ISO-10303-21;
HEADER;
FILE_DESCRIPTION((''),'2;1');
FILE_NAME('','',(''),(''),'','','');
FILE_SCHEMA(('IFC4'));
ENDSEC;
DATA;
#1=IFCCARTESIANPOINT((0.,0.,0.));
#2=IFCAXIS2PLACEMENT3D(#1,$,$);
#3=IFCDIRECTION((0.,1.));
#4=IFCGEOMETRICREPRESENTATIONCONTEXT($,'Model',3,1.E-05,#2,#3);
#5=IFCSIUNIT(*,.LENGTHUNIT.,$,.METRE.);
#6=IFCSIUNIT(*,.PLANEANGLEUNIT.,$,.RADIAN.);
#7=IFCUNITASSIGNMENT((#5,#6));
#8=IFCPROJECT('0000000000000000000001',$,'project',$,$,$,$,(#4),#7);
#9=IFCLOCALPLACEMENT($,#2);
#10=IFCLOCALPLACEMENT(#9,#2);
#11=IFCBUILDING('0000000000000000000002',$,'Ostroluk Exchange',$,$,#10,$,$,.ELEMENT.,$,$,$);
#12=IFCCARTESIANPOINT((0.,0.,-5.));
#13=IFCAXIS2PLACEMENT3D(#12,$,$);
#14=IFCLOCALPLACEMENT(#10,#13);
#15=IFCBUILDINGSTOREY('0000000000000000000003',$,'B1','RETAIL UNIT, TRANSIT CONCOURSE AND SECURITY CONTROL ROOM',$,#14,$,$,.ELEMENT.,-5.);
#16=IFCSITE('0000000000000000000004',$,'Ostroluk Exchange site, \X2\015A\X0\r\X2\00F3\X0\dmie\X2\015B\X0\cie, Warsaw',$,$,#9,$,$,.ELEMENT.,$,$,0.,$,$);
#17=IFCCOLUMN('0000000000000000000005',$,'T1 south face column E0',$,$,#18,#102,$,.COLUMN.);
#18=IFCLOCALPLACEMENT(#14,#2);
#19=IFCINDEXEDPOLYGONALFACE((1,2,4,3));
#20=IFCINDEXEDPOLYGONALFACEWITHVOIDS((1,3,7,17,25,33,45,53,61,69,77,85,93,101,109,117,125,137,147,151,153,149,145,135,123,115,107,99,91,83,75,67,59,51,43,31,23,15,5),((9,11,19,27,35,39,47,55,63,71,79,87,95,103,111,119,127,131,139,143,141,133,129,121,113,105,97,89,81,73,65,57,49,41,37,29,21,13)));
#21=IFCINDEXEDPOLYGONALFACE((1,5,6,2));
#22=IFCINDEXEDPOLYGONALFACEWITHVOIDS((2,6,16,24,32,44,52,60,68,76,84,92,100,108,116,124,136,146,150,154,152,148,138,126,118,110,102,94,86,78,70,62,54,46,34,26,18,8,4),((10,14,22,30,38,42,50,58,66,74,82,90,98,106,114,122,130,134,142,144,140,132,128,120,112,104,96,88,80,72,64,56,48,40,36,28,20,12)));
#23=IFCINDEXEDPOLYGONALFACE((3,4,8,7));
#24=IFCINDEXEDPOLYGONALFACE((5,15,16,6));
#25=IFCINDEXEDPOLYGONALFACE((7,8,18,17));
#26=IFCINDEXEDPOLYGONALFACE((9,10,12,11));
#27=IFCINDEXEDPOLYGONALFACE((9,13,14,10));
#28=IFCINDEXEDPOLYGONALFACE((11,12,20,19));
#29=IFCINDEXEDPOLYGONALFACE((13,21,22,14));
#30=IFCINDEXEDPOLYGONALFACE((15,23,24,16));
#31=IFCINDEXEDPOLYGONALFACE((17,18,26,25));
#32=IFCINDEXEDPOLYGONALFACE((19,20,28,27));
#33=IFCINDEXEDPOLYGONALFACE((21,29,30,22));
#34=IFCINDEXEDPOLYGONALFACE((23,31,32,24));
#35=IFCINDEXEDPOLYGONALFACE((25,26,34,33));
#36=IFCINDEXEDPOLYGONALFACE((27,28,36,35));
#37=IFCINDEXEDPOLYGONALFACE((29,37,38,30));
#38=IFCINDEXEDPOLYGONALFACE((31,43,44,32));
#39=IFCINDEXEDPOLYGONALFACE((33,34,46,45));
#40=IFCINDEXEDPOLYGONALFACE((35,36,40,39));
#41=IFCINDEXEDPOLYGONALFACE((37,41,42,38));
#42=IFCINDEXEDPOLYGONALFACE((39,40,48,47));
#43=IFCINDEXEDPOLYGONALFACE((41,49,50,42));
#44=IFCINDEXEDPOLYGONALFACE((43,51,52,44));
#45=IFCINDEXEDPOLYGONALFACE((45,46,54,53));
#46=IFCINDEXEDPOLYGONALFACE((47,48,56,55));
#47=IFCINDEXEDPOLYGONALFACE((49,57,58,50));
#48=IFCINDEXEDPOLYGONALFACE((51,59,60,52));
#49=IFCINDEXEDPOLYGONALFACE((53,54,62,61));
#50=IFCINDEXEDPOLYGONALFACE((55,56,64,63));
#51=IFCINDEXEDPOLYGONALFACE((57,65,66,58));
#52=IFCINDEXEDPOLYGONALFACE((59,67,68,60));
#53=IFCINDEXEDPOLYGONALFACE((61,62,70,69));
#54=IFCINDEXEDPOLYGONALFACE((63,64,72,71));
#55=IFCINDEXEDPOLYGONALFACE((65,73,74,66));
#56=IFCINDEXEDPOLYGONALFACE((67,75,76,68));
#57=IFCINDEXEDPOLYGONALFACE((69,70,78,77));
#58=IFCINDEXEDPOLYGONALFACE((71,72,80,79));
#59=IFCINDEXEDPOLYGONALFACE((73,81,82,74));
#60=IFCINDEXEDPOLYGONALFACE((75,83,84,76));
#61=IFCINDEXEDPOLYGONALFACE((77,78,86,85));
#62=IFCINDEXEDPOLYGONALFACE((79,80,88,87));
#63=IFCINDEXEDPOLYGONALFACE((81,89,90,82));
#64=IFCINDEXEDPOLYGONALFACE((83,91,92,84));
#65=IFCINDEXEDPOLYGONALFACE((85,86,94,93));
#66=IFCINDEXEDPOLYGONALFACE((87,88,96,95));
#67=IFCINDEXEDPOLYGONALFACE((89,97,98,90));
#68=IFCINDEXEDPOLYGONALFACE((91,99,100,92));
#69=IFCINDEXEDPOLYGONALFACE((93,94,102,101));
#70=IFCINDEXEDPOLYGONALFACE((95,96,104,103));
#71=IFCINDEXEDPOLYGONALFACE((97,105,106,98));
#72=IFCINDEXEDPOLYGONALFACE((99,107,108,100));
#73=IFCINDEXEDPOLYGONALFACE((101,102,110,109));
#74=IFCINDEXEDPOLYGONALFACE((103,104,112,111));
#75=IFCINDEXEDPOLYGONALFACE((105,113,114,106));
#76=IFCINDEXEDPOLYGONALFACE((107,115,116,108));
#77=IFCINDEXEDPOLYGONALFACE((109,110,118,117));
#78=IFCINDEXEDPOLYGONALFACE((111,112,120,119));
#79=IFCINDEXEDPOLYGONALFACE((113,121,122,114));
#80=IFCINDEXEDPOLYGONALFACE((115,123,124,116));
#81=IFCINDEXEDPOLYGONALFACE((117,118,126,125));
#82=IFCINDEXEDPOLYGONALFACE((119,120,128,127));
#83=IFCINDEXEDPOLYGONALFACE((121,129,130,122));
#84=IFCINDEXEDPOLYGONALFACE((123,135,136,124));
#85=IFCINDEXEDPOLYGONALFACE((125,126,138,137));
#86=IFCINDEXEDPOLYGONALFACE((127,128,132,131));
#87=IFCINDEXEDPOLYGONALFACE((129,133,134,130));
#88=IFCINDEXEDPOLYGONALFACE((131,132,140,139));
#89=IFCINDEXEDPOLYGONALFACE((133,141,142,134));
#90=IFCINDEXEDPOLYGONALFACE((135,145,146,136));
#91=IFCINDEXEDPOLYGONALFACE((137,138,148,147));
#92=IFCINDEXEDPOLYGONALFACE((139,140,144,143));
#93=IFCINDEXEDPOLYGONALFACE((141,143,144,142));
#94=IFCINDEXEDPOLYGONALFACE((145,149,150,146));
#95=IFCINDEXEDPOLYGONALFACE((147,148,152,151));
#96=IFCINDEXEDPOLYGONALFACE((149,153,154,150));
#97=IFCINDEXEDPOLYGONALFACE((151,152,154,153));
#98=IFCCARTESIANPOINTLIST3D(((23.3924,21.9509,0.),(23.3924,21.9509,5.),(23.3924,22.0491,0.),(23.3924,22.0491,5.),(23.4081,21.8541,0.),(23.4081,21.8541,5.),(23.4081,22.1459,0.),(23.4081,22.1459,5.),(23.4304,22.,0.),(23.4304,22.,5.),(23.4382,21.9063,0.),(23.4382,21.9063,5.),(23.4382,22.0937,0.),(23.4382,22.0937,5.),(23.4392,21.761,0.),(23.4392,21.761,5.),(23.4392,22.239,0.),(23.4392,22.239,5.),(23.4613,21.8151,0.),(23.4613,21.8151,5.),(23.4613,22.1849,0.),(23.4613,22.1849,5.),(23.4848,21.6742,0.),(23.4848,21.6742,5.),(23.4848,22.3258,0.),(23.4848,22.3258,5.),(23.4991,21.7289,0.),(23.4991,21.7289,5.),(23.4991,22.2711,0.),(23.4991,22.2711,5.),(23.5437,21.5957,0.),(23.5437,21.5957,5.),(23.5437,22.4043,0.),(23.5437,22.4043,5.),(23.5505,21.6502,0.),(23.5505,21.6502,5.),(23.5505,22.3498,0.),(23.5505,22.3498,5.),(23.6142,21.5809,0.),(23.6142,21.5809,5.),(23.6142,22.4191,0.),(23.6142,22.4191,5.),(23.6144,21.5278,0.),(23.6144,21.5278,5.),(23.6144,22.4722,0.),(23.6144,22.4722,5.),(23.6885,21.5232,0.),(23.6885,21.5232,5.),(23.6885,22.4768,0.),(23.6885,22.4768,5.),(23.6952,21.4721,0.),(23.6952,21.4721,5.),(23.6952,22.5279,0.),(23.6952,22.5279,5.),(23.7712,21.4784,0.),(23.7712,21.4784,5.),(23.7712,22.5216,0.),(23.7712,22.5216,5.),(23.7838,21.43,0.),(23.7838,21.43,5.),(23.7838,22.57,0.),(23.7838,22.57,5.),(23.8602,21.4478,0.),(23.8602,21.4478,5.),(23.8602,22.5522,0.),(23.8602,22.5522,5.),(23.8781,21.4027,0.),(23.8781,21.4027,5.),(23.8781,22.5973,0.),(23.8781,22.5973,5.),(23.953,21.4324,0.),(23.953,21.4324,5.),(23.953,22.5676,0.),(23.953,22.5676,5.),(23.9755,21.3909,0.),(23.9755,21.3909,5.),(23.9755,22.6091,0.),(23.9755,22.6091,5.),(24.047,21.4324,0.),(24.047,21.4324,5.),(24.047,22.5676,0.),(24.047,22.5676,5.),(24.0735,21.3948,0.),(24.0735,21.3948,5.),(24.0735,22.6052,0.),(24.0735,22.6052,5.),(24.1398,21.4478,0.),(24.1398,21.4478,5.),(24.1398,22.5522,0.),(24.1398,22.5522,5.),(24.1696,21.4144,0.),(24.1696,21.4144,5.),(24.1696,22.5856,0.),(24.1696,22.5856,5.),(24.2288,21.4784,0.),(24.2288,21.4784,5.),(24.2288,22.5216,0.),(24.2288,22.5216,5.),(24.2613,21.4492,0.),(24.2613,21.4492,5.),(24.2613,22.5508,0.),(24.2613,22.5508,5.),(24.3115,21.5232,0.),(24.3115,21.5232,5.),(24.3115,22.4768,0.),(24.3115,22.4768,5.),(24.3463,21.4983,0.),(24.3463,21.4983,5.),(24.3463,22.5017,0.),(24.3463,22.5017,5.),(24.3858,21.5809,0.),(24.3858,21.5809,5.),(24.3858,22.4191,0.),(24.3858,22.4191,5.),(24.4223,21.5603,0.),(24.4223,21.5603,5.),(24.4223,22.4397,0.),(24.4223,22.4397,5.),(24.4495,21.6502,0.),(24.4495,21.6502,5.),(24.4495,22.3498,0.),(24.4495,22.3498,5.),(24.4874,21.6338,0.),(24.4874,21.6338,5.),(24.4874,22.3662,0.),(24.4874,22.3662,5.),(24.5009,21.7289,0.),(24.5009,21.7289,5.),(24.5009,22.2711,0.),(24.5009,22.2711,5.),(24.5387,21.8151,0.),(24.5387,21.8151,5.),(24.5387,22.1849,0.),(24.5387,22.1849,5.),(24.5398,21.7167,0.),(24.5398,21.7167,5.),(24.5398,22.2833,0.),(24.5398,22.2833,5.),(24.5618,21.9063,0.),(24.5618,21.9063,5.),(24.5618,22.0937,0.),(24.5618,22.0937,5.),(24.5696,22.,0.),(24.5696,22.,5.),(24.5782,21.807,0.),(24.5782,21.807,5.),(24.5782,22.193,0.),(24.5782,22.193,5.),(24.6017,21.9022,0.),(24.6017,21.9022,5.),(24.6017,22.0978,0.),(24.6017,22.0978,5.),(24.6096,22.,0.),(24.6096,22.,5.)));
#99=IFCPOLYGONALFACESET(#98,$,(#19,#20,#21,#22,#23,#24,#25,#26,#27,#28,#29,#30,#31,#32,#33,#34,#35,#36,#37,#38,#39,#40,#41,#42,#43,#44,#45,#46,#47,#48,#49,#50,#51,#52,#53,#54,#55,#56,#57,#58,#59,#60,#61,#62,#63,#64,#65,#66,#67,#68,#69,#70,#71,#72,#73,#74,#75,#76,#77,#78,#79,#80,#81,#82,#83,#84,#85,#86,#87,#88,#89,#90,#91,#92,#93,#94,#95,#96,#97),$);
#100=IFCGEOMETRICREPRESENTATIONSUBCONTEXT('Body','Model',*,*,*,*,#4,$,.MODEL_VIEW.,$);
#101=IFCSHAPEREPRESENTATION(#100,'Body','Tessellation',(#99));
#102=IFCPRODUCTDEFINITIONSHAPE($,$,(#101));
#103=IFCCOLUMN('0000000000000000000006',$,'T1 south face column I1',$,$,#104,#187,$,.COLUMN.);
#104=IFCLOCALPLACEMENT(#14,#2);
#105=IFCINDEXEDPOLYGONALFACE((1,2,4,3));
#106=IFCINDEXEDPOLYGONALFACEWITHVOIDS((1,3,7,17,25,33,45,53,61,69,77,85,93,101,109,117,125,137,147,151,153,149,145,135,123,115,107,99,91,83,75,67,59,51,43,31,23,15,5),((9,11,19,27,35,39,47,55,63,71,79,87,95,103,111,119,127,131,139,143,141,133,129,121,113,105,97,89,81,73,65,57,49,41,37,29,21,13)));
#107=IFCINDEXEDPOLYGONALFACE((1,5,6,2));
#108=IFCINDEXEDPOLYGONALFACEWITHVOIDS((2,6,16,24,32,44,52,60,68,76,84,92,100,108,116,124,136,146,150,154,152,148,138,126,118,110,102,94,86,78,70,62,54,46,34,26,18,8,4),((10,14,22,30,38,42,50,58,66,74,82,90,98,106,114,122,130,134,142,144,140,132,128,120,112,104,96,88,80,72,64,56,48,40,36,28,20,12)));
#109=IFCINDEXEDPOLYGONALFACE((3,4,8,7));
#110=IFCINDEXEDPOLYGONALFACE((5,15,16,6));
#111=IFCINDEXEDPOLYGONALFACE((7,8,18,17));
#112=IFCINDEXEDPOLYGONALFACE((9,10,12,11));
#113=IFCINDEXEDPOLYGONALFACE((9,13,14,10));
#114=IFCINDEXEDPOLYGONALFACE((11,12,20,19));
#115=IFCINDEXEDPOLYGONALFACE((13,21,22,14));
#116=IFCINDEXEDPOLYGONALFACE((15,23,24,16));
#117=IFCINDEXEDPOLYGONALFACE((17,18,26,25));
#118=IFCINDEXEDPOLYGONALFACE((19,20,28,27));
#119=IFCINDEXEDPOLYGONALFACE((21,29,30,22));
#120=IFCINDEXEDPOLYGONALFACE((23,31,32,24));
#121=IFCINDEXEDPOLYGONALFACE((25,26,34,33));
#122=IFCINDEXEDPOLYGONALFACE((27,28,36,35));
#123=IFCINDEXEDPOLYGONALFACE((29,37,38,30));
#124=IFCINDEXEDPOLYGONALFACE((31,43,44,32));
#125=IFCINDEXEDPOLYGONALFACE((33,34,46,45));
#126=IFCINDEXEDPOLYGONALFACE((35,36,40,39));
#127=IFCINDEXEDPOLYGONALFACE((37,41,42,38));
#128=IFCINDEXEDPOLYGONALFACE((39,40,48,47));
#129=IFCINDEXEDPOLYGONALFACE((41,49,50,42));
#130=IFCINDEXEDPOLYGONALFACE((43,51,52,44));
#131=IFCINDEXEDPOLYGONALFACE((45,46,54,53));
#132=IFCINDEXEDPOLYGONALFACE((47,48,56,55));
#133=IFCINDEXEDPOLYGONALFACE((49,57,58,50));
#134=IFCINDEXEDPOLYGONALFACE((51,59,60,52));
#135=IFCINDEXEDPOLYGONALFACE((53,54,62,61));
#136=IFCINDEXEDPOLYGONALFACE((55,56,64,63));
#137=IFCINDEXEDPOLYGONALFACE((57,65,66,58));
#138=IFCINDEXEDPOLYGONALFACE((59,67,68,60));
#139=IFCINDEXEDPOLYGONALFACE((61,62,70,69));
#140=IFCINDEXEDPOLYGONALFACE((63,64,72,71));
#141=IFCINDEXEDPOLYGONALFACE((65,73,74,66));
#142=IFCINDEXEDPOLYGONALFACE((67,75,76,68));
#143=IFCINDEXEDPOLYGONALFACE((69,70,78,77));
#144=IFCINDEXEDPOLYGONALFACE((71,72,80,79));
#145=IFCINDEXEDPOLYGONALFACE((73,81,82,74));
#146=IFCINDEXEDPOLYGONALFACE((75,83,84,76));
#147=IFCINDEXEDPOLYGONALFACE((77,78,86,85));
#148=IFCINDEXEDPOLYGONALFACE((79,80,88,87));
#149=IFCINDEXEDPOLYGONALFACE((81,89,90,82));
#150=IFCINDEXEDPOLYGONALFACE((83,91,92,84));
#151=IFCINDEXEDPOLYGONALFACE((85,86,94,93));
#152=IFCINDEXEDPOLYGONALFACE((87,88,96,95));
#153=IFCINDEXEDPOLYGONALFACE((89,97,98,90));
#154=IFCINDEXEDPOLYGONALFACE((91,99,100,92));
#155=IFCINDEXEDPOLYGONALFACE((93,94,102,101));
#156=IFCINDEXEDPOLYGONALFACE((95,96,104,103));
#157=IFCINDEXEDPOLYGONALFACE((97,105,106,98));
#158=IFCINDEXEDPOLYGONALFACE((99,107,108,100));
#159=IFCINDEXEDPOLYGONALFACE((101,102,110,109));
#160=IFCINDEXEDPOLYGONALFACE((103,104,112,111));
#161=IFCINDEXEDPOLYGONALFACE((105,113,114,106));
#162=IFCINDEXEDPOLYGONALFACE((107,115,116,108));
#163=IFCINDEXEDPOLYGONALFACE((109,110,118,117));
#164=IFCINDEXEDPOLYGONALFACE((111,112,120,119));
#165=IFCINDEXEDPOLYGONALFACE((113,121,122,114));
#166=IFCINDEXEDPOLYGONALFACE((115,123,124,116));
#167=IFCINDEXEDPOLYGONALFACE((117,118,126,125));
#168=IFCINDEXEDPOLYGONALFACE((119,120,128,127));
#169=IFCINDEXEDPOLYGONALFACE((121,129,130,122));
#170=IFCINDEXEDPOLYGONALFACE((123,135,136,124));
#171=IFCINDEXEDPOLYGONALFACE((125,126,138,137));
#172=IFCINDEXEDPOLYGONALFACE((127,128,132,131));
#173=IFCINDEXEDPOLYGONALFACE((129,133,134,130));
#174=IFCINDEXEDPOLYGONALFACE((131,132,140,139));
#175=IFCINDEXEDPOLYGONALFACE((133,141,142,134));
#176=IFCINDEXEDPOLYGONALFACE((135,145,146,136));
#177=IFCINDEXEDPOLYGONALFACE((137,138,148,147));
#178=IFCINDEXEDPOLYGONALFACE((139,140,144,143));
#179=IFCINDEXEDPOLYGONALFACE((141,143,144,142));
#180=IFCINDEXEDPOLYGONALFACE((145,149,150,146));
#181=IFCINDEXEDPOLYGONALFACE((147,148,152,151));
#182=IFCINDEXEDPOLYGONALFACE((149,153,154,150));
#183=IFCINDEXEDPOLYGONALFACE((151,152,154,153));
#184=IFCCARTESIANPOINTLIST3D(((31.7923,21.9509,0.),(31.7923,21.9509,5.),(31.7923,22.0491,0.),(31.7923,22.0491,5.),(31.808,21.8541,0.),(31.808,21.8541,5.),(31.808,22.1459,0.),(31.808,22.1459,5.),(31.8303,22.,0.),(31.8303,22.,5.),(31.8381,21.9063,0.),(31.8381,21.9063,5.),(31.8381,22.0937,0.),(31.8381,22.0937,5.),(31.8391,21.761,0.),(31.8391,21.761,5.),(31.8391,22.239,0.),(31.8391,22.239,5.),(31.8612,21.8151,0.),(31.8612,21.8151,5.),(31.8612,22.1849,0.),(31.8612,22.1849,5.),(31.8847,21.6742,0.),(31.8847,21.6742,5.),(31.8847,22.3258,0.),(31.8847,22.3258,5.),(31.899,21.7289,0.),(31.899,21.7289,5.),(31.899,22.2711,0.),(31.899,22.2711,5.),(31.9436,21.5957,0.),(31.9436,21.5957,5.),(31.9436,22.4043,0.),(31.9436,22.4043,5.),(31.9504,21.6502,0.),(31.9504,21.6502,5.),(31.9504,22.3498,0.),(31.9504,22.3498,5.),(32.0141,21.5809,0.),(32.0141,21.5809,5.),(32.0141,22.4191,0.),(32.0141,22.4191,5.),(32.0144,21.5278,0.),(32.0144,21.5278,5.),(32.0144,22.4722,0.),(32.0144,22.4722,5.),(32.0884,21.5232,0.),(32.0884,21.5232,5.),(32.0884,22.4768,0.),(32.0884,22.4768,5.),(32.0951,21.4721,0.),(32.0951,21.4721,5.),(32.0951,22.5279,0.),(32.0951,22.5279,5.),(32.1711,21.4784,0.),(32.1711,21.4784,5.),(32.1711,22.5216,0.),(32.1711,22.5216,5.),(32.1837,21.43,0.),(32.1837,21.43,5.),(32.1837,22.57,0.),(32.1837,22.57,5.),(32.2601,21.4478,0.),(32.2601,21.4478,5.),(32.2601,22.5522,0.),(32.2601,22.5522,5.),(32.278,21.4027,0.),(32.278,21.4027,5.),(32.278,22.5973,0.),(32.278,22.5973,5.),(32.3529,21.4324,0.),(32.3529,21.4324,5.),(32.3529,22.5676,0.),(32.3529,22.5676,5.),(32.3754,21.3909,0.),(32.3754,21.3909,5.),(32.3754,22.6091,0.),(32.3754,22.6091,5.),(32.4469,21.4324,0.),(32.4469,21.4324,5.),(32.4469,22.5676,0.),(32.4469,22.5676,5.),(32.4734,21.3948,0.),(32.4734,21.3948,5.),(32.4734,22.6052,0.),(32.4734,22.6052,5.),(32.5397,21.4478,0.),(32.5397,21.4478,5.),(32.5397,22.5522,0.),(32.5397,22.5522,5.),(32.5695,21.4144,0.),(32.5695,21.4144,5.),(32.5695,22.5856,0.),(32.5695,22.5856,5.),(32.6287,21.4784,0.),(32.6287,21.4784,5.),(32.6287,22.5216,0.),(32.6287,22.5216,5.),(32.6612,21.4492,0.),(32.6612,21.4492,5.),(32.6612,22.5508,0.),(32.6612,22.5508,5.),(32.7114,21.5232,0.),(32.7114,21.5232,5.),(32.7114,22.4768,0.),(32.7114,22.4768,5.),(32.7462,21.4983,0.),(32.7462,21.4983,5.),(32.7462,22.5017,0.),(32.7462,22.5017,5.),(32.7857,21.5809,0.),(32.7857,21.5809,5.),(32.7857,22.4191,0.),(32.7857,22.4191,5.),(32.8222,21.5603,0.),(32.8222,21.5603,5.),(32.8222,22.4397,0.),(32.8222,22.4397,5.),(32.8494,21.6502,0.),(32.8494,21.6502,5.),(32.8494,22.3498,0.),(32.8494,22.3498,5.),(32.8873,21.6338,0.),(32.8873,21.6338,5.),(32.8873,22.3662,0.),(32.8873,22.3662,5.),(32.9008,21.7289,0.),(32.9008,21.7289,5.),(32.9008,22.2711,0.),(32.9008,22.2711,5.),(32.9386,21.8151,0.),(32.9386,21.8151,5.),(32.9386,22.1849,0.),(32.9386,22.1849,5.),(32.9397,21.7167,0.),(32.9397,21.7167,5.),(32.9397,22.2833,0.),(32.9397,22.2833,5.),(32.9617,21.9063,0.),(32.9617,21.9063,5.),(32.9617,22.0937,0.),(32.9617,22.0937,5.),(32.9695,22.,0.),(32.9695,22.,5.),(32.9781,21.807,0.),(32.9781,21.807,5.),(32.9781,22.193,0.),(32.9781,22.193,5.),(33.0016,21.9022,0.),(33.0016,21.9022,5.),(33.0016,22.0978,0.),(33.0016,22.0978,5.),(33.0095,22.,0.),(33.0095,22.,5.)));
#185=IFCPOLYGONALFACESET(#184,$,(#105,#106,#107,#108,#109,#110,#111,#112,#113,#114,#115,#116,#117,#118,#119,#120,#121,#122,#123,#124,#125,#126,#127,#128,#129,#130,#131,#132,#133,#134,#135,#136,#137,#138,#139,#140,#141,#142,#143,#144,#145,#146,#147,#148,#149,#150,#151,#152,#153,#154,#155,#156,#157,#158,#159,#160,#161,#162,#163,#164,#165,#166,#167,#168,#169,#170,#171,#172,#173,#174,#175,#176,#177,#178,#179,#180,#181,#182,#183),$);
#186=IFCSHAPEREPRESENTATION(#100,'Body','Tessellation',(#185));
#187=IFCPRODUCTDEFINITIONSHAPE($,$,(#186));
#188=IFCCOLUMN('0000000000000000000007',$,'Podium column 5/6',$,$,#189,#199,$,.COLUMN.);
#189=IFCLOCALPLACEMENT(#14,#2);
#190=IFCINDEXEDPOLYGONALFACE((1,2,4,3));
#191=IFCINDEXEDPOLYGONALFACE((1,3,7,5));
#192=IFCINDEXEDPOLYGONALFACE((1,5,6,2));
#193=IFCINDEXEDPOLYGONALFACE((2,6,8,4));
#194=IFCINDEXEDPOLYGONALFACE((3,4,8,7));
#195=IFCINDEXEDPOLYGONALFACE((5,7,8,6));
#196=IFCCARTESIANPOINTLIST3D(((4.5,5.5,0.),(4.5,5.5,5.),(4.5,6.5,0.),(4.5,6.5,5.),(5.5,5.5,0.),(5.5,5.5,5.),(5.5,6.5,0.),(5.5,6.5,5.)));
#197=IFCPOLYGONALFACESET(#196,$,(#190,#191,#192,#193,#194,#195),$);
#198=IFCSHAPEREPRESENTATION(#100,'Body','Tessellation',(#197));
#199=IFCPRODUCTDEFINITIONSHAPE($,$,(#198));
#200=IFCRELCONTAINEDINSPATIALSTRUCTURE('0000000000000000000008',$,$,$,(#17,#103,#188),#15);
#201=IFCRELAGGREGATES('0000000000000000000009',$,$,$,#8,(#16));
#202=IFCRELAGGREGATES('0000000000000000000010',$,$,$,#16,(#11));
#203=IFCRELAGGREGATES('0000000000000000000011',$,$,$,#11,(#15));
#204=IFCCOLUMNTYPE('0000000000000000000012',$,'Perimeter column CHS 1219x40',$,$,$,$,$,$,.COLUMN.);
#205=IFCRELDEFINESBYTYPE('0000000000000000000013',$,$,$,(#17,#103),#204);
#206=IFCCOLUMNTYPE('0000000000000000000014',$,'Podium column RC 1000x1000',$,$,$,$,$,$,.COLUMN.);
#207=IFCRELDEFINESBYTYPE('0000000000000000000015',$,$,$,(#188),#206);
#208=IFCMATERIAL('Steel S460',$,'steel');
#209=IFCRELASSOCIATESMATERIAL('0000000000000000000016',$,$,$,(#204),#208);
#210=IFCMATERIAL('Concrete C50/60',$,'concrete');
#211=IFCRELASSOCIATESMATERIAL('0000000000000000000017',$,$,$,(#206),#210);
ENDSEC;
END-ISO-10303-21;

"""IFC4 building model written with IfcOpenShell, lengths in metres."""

from ifc_helpers import new_model, si_unit, direction, frame, origin, origin_2d, place, context, subcontext, project, spatial, rectangle, hollow_circle, extrude, material, material_profile, profile_set, type_object, element, save


model = new_model("IFC4")

# Units and contexts
model_context = context("Model", 3, precision=1e-05, world=origin(), true_north=direction((0.0, 1.0)))
body_context = subcontext(model_context, "Body", "Model", "MODEL_VIEW")
ifc_project = project(units=[si_unit("LENGTHUNIT", "METRE"), si_unit("PLANEANGLEUNIT", "RADIAN")], contexts=[model_context])

# Site, building, storey
site_placement = place(None, origin())
site = spatial("IfcSite", under=ifc_project, at=site_placement, Name="Ostroluk Exchange site, Śródmieście, Warsaw", CompositionType="ELEMENT", RefElevation=0.0)
building_placement = place(site_placement, origin())
building = spatial("IfcBuilding", under=site, at=building_placement, Name="Ostroluk Exchange", CompositionType="ELEMENT")
storey_placement = place(building_placement, frame((0.0, 0.0, -5.0)))
storey = spatial("IfcBuildingStorey", under=building, at=storey_placement, Name="B1", Description="RETAIL UNIT, TRANSIT CONCOURSE AND SECURITY CONTROL ROOM", CompositionType="ELEMENT", Elevation=-5.0)

# Columns
ifc_material_1 = material(Name="Steel S460", Category="steel")
ifc_material_profile_1 = material_profile(ifc_material_1, hollow_circle(Radius=0.6096, WallThickness=0.04, at=origin_2d()), Name="CHS 1219x40")
ifc_profile_set_1 = profile_set([ifc_material_profile_1], Name="Steel S460")
column_type_1 = type_object("IfcColumnType", Name="Perimeter column CHS 1219x40", PredefinedType="COLUMN", material=ifc_profile_set_1)
for number, where, z_axis, x_axis, name in (
    (1, (24.0, 22.0, 0.0), (0.0, 0.0, 1.0), (1.0, 0.0, 0.0), "T1 south face column E0"),
    (2, (32.3999, 22.0, 0.0), (0.0, 0.0, 1.0), (1.0, 0.0, 0.0), "T1 south face column I1"),
):
    element("IfcColumn", number, at=place(storey_placement, frame(where, z_axis=z_axis, x_axis=x_axis)), inside=storey, type_object=column_type_1, Name=name, PredefinedType="COLUMN", context=body_context, shape_type="SweptSolid", body=[
        extrude(hollow_circle(Radius=0.6096, WallThickness=0.04, at=origin_2d()), origin(), (0.0, 0.0, 1.0), 5.0),
    ])
ifc_material_2 = material(Name="Concrete C50/60", Category="concrete")
ifc_material_profile_2 = material_profile(ifc_material_2, rectangle(XDim=1.0, YDim=1.0, at=origin_2d()), Name="RC 1000x1000")
ifc_profile_set_2 = profile_set([ifc_material_profile_2], Name="Concrete C50/60")
column_type_2 = type_object("IfcColumnType", Name="Podium column RC 1000x1000", PredefinedType="COLUMN", material=ifc_profile_set_2)
for number, where, z_axis, x_axis, name in (
    (3, (5.0, 6.0, 0.0), (0.0, 0.0, 1.0), (1.0, 0.0, 0.0), "Podium column 5/6"),
):
    element("IfcColumn", number, at=place(storey_placement, frame(where, z_axis=z_axis, x_axis=x_axis)), inside=storey, type_object=column_type_2, Name=name, PredefinedType="COLUMN", context=body_context, shape_type="SweptSolid", body=[
        extrude(rectangle(XDim=1.0, YDim=1.0, at=origin_2d()), origin(), (0.0, 0.0, 1.0), 5.0),
    ])

save(model, "model.ifc")
